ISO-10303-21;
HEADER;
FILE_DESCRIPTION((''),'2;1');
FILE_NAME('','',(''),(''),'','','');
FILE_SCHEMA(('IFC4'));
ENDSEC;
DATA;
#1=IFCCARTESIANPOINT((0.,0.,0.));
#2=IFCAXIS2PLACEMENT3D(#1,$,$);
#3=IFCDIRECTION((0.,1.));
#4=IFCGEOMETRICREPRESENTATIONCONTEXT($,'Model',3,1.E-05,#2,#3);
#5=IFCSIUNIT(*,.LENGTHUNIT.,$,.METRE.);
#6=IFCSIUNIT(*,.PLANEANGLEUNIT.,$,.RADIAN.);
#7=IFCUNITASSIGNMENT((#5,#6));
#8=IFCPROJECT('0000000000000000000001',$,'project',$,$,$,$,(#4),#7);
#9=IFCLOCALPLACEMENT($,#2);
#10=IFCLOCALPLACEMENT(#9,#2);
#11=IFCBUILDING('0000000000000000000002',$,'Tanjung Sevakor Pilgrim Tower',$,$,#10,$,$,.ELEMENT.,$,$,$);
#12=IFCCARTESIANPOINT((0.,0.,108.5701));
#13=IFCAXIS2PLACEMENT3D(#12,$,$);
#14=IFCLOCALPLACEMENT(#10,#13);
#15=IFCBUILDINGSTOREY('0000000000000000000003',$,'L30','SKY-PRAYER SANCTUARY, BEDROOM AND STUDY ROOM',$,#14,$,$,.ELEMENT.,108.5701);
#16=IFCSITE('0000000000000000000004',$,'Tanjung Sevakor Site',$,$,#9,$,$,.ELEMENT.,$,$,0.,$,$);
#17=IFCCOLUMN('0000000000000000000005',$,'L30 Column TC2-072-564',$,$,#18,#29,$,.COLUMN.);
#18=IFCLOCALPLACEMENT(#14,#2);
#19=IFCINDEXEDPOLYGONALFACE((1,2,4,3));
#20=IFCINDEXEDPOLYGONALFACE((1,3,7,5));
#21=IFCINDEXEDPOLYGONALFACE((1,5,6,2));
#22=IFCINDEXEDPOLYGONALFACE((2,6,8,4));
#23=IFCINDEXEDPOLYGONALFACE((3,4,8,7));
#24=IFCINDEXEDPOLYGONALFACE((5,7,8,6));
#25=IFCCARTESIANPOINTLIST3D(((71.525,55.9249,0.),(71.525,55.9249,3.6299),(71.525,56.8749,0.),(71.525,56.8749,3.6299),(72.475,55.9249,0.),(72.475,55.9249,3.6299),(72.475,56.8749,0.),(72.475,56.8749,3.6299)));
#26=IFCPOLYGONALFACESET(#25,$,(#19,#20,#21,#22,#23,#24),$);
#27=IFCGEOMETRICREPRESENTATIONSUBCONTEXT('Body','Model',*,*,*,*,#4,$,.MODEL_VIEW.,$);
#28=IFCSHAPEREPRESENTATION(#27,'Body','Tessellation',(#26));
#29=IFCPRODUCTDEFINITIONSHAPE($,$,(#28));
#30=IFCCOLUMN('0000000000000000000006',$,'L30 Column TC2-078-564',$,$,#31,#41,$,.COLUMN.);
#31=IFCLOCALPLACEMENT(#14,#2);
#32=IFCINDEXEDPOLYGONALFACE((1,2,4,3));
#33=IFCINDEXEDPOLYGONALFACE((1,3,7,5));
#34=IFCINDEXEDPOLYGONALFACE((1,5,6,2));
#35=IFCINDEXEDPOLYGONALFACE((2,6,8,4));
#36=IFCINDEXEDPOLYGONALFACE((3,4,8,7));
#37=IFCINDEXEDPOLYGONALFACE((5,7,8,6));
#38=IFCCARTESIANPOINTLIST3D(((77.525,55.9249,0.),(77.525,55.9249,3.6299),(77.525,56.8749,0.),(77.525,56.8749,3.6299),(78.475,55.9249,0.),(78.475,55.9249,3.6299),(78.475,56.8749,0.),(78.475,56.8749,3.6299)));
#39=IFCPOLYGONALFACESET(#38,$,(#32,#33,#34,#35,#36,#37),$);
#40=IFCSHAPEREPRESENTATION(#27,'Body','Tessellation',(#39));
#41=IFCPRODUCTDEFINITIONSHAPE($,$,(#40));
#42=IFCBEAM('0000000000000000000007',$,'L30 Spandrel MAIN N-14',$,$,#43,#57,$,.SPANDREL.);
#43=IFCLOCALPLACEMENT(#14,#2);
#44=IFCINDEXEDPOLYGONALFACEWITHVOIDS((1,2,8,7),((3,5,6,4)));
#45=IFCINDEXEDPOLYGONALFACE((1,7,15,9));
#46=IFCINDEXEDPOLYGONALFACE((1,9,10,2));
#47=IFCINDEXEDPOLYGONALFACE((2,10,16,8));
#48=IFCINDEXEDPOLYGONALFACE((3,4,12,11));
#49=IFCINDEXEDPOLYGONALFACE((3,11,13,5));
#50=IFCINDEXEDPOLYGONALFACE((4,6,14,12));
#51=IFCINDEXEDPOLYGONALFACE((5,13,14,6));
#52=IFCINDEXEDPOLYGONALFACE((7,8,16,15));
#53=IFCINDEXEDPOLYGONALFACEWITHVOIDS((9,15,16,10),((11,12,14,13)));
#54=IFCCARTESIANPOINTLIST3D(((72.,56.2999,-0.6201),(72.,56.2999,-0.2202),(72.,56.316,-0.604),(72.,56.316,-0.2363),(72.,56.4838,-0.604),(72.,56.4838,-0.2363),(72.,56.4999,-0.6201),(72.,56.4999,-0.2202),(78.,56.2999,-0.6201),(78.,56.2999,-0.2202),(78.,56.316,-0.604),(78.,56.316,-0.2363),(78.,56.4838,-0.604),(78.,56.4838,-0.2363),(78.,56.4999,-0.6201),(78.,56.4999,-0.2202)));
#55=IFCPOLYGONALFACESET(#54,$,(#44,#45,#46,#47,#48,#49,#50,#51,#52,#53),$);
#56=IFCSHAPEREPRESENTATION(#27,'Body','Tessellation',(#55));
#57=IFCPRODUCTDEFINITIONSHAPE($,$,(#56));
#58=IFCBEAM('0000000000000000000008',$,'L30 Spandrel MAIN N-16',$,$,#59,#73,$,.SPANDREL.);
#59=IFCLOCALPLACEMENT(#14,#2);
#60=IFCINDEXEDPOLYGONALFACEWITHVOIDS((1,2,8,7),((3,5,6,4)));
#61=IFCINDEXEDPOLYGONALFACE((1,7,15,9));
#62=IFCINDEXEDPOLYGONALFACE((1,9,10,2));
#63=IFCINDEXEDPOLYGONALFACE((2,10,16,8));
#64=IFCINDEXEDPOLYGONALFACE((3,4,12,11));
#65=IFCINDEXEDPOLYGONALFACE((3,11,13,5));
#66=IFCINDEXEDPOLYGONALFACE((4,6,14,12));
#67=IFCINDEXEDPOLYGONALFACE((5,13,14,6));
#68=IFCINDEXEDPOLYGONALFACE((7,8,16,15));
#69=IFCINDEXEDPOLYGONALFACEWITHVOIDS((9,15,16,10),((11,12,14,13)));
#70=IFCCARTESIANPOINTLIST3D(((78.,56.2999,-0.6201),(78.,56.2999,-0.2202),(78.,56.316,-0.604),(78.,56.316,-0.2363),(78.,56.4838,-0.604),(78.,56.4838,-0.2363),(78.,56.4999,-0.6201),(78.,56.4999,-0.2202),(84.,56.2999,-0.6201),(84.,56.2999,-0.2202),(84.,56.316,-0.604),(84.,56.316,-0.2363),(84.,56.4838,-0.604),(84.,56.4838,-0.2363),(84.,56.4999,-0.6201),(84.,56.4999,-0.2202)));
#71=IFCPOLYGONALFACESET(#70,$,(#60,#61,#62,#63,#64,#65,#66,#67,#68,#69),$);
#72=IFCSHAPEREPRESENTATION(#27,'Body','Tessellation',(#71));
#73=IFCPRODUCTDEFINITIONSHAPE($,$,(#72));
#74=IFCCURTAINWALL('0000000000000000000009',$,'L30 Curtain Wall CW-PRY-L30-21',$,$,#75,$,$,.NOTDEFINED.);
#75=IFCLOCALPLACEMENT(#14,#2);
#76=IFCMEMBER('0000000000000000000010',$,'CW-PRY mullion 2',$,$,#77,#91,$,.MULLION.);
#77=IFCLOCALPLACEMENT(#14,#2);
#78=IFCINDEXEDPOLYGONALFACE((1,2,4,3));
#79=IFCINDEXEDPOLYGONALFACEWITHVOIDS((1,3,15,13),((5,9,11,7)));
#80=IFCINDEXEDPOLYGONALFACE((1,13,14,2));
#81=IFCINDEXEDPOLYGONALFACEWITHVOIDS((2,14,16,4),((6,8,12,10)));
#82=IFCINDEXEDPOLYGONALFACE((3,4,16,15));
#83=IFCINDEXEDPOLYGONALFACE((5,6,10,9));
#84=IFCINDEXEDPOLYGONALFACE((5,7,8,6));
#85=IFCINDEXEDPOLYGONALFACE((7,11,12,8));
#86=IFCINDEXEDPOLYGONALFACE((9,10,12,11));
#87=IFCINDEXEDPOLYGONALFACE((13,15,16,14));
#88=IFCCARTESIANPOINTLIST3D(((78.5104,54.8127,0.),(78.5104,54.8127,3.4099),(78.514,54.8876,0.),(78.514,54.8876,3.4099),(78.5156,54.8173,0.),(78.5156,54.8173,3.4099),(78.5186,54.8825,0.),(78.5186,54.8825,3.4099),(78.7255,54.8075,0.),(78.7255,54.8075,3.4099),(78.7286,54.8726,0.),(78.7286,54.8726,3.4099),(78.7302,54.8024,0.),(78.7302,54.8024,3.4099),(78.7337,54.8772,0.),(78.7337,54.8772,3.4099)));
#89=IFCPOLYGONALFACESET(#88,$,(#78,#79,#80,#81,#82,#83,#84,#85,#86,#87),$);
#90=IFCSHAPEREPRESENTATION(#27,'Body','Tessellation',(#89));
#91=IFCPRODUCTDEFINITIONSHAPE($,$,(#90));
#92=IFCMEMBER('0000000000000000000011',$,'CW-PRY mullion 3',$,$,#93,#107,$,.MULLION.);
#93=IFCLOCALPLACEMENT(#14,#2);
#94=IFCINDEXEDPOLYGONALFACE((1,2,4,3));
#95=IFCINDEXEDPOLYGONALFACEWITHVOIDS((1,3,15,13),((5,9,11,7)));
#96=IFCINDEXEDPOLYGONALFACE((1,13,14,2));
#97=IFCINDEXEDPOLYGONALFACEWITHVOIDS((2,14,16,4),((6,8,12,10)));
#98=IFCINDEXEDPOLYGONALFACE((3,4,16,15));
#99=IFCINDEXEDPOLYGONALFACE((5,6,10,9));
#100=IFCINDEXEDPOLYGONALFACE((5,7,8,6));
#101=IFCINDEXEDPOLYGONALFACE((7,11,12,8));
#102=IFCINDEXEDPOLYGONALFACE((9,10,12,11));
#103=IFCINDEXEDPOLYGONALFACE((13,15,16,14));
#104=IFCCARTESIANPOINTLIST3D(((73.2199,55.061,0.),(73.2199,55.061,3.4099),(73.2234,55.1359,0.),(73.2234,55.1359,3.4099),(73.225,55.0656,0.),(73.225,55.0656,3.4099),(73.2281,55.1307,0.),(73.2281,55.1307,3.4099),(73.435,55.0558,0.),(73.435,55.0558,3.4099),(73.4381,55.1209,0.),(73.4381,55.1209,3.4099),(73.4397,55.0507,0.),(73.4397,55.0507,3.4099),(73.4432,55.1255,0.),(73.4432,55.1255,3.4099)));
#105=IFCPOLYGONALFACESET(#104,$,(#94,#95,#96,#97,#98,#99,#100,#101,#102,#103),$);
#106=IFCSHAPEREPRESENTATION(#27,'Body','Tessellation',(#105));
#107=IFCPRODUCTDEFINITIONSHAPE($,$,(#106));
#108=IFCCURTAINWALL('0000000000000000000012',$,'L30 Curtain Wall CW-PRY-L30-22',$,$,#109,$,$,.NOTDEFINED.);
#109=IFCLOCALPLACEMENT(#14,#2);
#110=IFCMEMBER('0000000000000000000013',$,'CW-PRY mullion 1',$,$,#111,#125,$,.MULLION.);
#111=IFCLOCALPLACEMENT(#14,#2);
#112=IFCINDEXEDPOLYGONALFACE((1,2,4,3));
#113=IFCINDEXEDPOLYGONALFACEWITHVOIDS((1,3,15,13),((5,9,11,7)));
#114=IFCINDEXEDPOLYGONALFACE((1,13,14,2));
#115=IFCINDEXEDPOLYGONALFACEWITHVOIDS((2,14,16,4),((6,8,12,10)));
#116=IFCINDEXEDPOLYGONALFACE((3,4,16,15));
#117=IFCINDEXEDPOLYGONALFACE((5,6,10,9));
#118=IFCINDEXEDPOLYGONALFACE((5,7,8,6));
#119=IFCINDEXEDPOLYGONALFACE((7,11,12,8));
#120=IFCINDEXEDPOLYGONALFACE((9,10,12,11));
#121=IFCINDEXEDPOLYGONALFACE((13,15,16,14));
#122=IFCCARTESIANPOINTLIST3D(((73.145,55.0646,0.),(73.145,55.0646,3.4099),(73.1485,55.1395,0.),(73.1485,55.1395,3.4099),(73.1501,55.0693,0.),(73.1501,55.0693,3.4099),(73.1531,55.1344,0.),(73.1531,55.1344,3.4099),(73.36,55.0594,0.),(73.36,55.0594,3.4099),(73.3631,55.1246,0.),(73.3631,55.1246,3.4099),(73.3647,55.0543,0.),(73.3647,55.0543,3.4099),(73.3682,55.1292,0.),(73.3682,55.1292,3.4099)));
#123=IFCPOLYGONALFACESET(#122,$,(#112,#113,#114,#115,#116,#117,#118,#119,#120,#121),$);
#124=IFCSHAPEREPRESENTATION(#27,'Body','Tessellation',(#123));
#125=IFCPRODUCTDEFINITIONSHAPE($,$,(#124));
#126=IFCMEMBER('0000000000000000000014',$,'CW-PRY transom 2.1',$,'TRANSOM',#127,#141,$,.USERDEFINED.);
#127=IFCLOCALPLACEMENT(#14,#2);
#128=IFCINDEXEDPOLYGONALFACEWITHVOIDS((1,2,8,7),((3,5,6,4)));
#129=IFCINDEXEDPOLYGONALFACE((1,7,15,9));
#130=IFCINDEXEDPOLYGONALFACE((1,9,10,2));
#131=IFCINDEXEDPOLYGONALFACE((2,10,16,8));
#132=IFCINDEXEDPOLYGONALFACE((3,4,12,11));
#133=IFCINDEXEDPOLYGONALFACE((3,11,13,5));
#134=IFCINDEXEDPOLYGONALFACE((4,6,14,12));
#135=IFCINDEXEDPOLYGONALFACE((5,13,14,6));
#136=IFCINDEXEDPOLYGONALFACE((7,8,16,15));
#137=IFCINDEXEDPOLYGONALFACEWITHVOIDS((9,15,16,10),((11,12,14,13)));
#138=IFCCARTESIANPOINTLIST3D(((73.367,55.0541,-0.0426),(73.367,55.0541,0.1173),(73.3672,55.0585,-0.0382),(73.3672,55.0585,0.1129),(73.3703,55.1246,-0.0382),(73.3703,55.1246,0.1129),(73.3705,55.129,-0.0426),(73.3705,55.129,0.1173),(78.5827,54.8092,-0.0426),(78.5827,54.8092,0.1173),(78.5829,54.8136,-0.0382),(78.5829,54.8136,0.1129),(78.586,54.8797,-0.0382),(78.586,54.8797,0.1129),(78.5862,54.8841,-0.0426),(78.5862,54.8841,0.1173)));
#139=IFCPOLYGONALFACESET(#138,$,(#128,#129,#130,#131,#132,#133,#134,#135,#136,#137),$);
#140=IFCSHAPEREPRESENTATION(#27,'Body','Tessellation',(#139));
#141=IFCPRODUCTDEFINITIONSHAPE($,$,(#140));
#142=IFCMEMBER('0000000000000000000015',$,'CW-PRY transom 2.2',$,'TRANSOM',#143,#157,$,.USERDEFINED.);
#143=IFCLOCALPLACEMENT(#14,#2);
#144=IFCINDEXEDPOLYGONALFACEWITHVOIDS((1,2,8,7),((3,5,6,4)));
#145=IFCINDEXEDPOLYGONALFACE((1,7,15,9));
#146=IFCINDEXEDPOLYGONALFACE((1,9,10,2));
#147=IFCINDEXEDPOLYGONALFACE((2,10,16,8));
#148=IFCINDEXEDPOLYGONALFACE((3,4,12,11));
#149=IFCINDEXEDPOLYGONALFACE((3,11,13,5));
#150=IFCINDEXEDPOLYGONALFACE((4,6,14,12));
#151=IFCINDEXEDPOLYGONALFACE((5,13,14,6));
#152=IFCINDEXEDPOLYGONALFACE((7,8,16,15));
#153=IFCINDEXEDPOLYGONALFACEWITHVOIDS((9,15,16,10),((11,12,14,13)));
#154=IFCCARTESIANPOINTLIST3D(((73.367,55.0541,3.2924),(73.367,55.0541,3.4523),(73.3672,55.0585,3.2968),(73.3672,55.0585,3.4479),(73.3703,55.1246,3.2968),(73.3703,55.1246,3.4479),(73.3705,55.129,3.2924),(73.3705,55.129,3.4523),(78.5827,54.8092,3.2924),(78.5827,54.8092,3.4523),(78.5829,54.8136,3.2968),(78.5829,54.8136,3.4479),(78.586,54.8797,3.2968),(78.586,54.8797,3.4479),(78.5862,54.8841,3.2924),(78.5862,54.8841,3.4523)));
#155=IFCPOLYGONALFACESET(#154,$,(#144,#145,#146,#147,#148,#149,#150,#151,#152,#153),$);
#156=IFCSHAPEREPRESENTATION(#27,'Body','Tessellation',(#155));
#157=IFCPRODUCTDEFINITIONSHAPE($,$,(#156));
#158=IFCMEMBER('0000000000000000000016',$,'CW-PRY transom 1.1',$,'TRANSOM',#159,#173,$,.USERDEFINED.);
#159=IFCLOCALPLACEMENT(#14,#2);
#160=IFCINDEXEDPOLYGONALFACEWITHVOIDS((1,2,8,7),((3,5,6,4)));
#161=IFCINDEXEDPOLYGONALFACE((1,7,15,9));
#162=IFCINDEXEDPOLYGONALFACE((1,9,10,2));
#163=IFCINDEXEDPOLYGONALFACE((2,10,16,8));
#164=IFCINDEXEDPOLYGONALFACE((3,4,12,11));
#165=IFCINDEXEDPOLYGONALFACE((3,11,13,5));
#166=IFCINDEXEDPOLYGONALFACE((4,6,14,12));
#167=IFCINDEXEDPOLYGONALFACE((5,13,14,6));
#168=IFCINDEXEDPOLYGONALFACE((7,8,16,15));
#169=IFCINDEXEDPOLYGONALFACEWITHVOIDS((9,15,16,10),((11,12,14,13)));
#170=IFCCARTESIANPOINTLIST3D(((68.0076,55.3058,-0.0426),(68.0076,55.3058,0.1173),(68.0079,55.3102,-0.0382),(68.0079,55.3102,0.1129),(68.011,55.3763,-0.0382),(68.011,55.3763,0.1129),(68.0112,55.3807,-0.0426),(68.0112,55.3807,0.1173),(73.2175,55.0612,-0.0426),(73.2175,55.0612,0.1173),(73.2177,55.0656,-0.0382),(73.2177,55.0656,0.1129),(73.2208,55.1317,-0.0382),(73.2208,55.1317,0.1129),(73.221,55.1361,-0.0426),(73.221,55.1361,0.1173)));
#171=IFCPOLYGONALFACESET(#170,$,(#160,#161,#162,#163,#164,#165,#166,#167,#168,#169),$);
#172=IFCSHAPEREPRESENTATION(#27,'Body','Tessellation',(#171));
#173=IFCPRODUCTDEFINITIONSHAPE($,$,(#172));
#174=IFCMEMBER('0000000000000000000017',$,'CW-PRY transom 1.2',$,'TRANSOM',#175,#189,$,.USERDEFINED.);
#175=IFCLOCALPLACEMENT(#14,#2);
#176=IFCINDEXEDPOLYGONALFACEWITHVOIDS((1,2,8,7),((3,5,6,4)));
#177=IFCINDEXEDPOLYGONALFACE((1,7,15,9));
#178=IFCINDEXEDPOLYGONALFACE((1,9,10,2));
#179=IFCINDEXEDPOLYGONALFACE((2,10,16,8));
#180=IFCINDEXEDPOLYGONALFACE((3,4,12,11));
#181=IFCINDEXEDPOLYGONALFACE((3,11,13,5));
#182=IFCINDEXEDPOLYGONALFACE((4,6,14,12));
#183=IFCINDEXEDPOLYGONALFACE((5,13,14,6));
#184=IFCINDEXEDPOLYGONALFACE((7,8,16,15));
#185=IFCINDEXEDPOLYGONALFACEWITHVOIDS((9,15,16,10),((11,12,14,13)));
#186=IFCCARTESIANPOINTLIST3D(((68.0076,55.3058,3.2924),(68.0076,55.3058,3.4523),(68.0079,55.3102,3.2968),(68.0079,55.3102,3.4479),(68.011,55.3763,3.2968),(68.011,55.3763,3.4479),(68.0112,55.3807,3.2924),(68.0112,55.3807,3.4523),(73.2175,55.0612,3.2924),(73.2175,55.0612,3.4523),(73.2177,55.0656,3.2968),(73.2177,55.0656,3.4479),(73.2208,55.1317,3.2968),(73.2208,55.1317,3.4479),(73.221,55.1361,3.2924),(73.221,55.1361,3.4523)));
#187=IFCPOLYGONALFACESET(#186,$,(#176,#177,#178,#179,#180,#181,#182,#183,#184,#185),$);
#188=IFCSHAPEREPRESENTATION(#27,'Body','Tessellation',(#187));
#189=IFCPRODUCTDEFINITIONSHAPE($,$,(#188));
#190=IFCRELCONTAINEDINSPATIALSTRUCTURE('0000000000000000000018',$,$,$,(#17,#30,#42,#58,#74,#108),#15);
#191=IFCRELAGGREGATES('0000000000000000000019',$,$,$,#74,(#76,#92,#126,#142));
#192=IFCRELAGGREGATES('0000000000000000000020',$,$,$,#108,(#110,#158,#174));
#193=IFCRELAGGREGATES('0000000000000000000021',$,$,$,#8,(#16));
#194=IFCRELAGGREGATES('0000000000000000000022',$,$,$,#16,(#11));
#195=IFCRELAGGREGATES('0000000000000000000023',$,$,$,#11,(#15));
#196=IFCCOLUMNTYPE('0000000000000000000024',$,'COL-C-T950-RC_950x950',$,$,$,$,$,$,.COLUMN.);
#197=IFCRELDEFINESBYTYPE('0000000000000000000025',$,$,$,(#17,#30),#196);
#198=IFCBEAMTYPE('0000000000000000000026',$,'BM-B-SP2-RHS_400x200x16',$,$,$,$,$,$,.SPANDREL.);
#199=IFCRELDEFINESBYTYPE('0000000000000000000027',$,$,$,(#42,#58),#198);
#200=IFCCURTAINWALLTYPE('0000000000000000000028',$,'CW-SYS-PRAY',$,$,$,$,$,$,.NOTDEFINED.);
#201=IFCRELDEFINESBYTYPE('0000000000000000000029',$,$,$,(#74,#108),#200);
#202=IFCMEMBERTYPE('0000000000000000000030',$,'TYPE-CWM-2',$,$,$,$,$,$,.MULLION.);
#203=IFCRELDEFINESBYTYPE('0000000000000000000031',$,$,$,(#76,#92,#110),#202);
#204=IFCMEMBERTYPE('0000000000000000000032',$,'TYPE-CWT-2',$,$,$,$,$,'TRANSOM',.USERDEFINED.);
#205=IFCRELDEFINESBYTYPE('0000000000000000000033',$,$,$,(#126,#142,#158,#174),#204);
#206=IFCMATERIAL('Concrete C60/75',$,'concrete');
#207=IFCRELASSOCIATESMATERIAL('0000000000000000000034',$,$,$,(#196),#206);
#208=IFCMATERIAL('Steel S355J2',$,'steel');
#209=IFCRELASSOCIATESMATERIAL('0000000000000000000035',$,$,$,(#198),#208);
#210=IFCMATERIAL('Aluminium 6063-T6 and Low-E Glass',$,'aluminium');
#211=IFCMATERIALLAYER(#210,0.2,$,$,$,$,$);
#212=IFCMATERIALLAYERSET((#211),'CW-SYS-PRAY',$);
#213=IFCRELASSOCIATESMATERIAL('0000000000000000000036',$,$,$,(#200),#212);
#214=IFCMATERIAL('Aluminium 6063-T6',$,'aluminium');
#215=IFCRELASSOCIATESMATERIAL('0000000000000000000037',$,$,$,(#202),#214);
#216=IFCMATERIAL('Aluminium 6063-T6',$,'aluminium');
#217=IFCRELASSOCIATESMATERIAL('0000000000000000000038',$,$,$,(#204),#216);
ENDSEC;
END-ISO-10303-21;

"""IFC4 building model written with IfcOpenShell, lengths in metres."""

from ifc_helpers import new_model, si_unit, direction, frame, origin, origin_2d, place, context, subcontext, project, spatial, rectangle, hollow_rectangle, extrude, material, layer, layer_set, material_profile, profile_set, type_object, element, aggregate, save


model = new_model("IFC4")

# Units and contexts
model_context = context("Model", 3, precision=1e-05, world=origin(), true_north=direction((0.0, 1.0)))
body_context = subcontext(model_context, "Body", "Model", "MODEL_VIEW")
ifc_project = project(units=[si_unit("LENGTHUNIT", "METRE"), si_unit("PLANEANGLEUNIT", "RADIAN")], contexts=[model_context])

# Site, building, storey
site_placement = place(None, origin())
site = spatial("IfcSite", under=ifc_project, at=site_placement, Name="Tanjung Sevakor Site", CompositionType="ELEMENT", RefElevation=0.0)
building_placement = place(site_placement, origin())
building = spatial("IfcBuilding", under=site, at=building_placement, Name="Tanjung Sevakor Pilgrim Tower", CompositionType="ELEMENT")
storey_placement = place(building_placement, frame((0.0, 0.0, 108.5701)))
storey = spatial("IfcBuildingStorey", under=building, at=storey_placement, Name="L30", Description="SKY-PRAYER SANCTUARY, BEDROOM AND STUDY ROOM", CompositionType="ELEMENT", Elevation=108.5701)

# Columns
ifc_material_1 = material(Name="Concrete C60/75", Category="concrete")
ifc_material_profile_1 = material_profile(ifc_material_1, rectangle(XDim=0.95, YDim=0.95, at=origin_2d()))
ifc_profile_set_1 = profile_set([ifc_material_profile_1], Name="Concrete C60/75")
column_type = type_object("IfcColumnType", Name="COL-C-T950-RC_950x950", PredefinedType="COLUMN", material=ifc_profile_set_1)
for number, where, z_axis, x_axis, name in (
    (1, (72.0, 56.3999, 0.0), (0.0, 0.0, 1.0), (1.0, 0.0, 0.0), "L30 Column TC2-072-564"),
    (2, (78.0, 56.3999, 0.0), (0.0, 0.0, 1.0), (1.0, 0.0, 0.0), "L30 Column TC2-078-564"),
):
    element("IfcColumn", number, at=place(storey_placement, frame(where, z_axis=z_axis, x_axis=x_axis)), inside=storey, type_object=column_type, Name=name, PredefinedType="COLUMN", context=body_context, shape_type="SweptSolid", body=[
        extrude(rectangle(XDim=0.95, YDim=0.95, at=origin_2d()), origin(), (0.0, 0.0, 1.0), 3.6299),
    ])

# Beams
ifc_material_2 = material(Name="Steel S355J2", Category="steel")
ifc_material_profile_2 = material_profile(ifc_material_2, hollow_rectangle(XDim=0.2, YDim=0.3999, WallThickness=0.0161, at=origin_2d()))
ifc_profile_set_2 = profile_set([ifc_material_profile_2], Name="Steel S355J2")
beam_type = type_object("IfcBeamType", Name="BM-B-SP2-RHS_400x200x16", PredefinedType="SPANDREL", material=ifc_profile_set_2)
for number, where, z_axis, x_axis, name in (
    (3, (72.0, 56.3999, -0.4202), (1.0, 0.0, 0.0), (0.0, 1.0, 0.0), "L30 Spandrel MAIN N-14"),
    (4, (78.0, 56.3999, -0.4202), (1.0, 0.0, 0.0), (0.0, 1.0, 0.0), "L30 Spandrel MAIN N-16"),
):
    element("IfcBeam", number, at=place(storey_placement, frame(where, z_axis=z_axis, x_axis=x_axis)), inside=storey, type_object=beam_type, Name=name, PredefinedType="SPANDREL", context=body_context, shape_type="SweptSolid", body=[
        extrude(hollow_rectangle(XDim=0.2, YDim=0.3999, WallThickness=0.0161, at=origin_2d()), origin(), (0.0, 0.0, 1.0), 6.0),
    ])

# Curtain wall, members
ifc_material_3 = material(Name="Aluminium 6063-T6 and Low-E Glass", Category="aluminium")
ifc_layer_1 = layer(ifc_material_3, 0.2)
ifc_layer_set_1 = layer_set([ifc_layer_1], Name="CW-SYS-PRAY")
curtain_wall_type = type_object("IfcCurtainWallType", Name="CW-SYS-PRAY", PredefinedType="NOTDEFINED", material=ifc_layer_set_1)
curtain_wall_1_placement = place(storey_placement, origin())
curtain_wall_1 = element("IfcCurtainWall", 5, at=curtain_wall_1_placement, inside=storey, type_object=curtain_wall_type, Name="L30 Curtain Wall CW-PRY-L30-21", PredefinedType="NOTDEFINED")
ifc_material_4 = material(Name="Aluminium 6063-T6", Category="aluminium")
ifc_material_profile_3 = material_profile(ifc_material_4, hollow_rectangle(XDim=0.075, YDim=0.22, WallThickness=0.0049, at=origin_2d()))
ifc_profile_set_3 = profile_set([ifc_material_profile_3], Name="Aluminium 6063-T6")
member_type_1 = type_object("IfcMemberType", Name="TYPE-CWM-2", PredefinedType="MULLION", material=ifc_profile_set_3)
member_1_placement = place(storey_placement, frame((78.6221, 54.845, 0.0), z_axis=(0.0, 0.0, 1.0), x_axis=(-0.046889, -0.9989, 0.0)))
member_1 = element("IfcMember", 6, at=member_1_placement, type_object=member_type_1, Name="CW-PRY mullion 2", PredefinedType="MULLION", context=body_context, shape_type="SweptSolid", body=[
    extrude(hollow_rectangle(XDim=0.075, YDim=0.22, WallThickness=0.0049, at=origin_2d()), origin(), (0.0, 0.0, 1.0), 3.4099),
])
member_2_placement = place(storey_placement, frame((73.3315, 55.0933, 0.0), z_axis=(0.0, 0.0, 1.0), x_axis=(-0.046889, -0.9989, 0.0)))
member_2 = element("IfcMember", 7, at=member_2_placement, type_object=member_type_1, Name="CW-PRY mullion 3", PredefinedType="MULLION", context=body_context, shape_type="SweptSolid", body=[
    extrude(hollow_rectangle(XDim=0.075, YDim=0.22, WallThickness=0.0049, at=origin_2d()), origin(), (0.0, 0.0, 1.0), 3.4099),
])

# Curtain wall, member
curtain_wall_2_placement = place(storey_placement, origin())
curtain_wall_2 = element("IfcCurtainWall", 8, at=curtain_wall_2_placement, inside=storey, type_object=curtain_wall_type, Name="L30 Curtain Wall CW-PRY-L30-22", PredefinedType="NOTDEFINED")
member_3_placement = place(storey_placement, frame((73.2566, 55.0969, 0.0), z_axis=(0.0, 0.0, 1.0), x_axis=(-0.046904, -0.998899, 0.0)))
member_3 = element("IfcMember", 9, at=member_3_placement, type_object=member_type_1, Name="CW-PRY mullion 1", PredefinedType="MULLION", context=body_context, shape_type="SweptSolid", body=[
    extrude(hollow_rectangle(XDim=0.075, YDim=0.22, WallThickness=0.0049, at=origin_2d()), origin(), (0.0, 0.0, 1.0), 3.4099),
])

# Members
ifc_material_5 = material(Name="Aluminium 6063-T6", Category="aluminium")
ifc_material_profile_4 = material_profile(ifc_material_5, hollow_rectangle(XDim=0.075, YDim=0.1599, WallThickness=0.0044, at=origin_2d()))
ifc_profile_set_4 = profile_set([ifc_material_profile_4], Name="Aluminium 6063-T6")
member_type_2 = type_object("IfcMemberType", Name="TYPE-CWT-2", ElementType="TRANSOM", PredefinedType="USERDEFINED", material=ifc_profile_set_4)
member_4_placement = place(storey_placement, frame((78.5845, 54.8467, 0.0374), z_axis=(-0.9989, 0.046899, 0.0), x_axis=(-0.046899, -0.9989, 0.0)))
member_4 = element("IfcMember", 10, at=member_4_placement, type_object=member_type_2, Name="CW-PRY transom 2.1", ObjectType="TRANSOM", PredefinedType="USERDEFINED", context=body_context, shape_type="SweptSolid", body=[
    extrude(hollow_rectangle(XDim=0.075, YDim=0.1599, WallThickness=0.0044, at=origin_2d()), origin(), (0.0, 0.0, 1.0), 5.2214),
])
member_5_placement = place(storey_placement, frame((78.5845, 54.8467, 3.3723), z_axis=(-0.9989, 0.046899, 0.0), x_axis=(-0.046899, -0.9989, 0.0)))
member_5 = element("IfcMember", 11, at=member_5_placement, type_object=member_type_2, Name="CW-PRY transom 2.2", ObjectType="TRANSOM", PredefinedType="USERDEFINED", context=body_context, shape_type="SweptSolid", body=[
    extrude(hollow_rectangle(XDim=0.075, YDim=0.1599, WallThickness=0.0044, at=origin_2d()), origin(), (0.0, 0.0, 1.0), 5.2214),
])
member_6_placement = place(storey_placement, frame((73.2192, 55.0986, 0.0374), z_axis=(-0.998899, 0.046905, 0.0), x_axis=(-0.046905, -0.998899, 0.0)))
member_6 = element("IfcMember", 12, at=member_6_placement, type_object=member_type_2, Name="CW-PRY transom 1.1", ObjectType="TRANSOM", PredefinedType="USERDEFINED", context=body_context, shape_type="SweptSolid", body=[
    extrude(hollow_rectangle(XDim=0.075, YDim=0.1599, WallThickness=0.0044, at=origin_2d()), origin(), (0.0, 0.0, 1.0), 5.2156),
])
member_7_placement = place(storey_placement, frame((73.2192, 55.0986, 3.3723), z_axis=(-0.998899, 0.046905, 0.0), x_axis=(-0.046905, -0.998899, 0.0)))
member_7 = element("IfcMember", 13, at=member_7_placement, type_object=member_type_2, Name="CW-PRY transom 1.2", ObjectType="TRANSOM", PredefinedType="USERDEFINED", context=body_context, shape_type="SweptSolid", body=[
    extrude(hollow_rectangle(XDim=0.075, YDim=0.1599, WallThickness=0.0044, at=origin_2d()), origin(), (0.0, 0.0, 1.0), 5.2156),
])

aggregate(curtain_wall_1, [member_1, member_2, member_4, member_5])
aggregate(curtain_wall_2, [member_3, member_6, member_7])

save(model, "model.ifc")
